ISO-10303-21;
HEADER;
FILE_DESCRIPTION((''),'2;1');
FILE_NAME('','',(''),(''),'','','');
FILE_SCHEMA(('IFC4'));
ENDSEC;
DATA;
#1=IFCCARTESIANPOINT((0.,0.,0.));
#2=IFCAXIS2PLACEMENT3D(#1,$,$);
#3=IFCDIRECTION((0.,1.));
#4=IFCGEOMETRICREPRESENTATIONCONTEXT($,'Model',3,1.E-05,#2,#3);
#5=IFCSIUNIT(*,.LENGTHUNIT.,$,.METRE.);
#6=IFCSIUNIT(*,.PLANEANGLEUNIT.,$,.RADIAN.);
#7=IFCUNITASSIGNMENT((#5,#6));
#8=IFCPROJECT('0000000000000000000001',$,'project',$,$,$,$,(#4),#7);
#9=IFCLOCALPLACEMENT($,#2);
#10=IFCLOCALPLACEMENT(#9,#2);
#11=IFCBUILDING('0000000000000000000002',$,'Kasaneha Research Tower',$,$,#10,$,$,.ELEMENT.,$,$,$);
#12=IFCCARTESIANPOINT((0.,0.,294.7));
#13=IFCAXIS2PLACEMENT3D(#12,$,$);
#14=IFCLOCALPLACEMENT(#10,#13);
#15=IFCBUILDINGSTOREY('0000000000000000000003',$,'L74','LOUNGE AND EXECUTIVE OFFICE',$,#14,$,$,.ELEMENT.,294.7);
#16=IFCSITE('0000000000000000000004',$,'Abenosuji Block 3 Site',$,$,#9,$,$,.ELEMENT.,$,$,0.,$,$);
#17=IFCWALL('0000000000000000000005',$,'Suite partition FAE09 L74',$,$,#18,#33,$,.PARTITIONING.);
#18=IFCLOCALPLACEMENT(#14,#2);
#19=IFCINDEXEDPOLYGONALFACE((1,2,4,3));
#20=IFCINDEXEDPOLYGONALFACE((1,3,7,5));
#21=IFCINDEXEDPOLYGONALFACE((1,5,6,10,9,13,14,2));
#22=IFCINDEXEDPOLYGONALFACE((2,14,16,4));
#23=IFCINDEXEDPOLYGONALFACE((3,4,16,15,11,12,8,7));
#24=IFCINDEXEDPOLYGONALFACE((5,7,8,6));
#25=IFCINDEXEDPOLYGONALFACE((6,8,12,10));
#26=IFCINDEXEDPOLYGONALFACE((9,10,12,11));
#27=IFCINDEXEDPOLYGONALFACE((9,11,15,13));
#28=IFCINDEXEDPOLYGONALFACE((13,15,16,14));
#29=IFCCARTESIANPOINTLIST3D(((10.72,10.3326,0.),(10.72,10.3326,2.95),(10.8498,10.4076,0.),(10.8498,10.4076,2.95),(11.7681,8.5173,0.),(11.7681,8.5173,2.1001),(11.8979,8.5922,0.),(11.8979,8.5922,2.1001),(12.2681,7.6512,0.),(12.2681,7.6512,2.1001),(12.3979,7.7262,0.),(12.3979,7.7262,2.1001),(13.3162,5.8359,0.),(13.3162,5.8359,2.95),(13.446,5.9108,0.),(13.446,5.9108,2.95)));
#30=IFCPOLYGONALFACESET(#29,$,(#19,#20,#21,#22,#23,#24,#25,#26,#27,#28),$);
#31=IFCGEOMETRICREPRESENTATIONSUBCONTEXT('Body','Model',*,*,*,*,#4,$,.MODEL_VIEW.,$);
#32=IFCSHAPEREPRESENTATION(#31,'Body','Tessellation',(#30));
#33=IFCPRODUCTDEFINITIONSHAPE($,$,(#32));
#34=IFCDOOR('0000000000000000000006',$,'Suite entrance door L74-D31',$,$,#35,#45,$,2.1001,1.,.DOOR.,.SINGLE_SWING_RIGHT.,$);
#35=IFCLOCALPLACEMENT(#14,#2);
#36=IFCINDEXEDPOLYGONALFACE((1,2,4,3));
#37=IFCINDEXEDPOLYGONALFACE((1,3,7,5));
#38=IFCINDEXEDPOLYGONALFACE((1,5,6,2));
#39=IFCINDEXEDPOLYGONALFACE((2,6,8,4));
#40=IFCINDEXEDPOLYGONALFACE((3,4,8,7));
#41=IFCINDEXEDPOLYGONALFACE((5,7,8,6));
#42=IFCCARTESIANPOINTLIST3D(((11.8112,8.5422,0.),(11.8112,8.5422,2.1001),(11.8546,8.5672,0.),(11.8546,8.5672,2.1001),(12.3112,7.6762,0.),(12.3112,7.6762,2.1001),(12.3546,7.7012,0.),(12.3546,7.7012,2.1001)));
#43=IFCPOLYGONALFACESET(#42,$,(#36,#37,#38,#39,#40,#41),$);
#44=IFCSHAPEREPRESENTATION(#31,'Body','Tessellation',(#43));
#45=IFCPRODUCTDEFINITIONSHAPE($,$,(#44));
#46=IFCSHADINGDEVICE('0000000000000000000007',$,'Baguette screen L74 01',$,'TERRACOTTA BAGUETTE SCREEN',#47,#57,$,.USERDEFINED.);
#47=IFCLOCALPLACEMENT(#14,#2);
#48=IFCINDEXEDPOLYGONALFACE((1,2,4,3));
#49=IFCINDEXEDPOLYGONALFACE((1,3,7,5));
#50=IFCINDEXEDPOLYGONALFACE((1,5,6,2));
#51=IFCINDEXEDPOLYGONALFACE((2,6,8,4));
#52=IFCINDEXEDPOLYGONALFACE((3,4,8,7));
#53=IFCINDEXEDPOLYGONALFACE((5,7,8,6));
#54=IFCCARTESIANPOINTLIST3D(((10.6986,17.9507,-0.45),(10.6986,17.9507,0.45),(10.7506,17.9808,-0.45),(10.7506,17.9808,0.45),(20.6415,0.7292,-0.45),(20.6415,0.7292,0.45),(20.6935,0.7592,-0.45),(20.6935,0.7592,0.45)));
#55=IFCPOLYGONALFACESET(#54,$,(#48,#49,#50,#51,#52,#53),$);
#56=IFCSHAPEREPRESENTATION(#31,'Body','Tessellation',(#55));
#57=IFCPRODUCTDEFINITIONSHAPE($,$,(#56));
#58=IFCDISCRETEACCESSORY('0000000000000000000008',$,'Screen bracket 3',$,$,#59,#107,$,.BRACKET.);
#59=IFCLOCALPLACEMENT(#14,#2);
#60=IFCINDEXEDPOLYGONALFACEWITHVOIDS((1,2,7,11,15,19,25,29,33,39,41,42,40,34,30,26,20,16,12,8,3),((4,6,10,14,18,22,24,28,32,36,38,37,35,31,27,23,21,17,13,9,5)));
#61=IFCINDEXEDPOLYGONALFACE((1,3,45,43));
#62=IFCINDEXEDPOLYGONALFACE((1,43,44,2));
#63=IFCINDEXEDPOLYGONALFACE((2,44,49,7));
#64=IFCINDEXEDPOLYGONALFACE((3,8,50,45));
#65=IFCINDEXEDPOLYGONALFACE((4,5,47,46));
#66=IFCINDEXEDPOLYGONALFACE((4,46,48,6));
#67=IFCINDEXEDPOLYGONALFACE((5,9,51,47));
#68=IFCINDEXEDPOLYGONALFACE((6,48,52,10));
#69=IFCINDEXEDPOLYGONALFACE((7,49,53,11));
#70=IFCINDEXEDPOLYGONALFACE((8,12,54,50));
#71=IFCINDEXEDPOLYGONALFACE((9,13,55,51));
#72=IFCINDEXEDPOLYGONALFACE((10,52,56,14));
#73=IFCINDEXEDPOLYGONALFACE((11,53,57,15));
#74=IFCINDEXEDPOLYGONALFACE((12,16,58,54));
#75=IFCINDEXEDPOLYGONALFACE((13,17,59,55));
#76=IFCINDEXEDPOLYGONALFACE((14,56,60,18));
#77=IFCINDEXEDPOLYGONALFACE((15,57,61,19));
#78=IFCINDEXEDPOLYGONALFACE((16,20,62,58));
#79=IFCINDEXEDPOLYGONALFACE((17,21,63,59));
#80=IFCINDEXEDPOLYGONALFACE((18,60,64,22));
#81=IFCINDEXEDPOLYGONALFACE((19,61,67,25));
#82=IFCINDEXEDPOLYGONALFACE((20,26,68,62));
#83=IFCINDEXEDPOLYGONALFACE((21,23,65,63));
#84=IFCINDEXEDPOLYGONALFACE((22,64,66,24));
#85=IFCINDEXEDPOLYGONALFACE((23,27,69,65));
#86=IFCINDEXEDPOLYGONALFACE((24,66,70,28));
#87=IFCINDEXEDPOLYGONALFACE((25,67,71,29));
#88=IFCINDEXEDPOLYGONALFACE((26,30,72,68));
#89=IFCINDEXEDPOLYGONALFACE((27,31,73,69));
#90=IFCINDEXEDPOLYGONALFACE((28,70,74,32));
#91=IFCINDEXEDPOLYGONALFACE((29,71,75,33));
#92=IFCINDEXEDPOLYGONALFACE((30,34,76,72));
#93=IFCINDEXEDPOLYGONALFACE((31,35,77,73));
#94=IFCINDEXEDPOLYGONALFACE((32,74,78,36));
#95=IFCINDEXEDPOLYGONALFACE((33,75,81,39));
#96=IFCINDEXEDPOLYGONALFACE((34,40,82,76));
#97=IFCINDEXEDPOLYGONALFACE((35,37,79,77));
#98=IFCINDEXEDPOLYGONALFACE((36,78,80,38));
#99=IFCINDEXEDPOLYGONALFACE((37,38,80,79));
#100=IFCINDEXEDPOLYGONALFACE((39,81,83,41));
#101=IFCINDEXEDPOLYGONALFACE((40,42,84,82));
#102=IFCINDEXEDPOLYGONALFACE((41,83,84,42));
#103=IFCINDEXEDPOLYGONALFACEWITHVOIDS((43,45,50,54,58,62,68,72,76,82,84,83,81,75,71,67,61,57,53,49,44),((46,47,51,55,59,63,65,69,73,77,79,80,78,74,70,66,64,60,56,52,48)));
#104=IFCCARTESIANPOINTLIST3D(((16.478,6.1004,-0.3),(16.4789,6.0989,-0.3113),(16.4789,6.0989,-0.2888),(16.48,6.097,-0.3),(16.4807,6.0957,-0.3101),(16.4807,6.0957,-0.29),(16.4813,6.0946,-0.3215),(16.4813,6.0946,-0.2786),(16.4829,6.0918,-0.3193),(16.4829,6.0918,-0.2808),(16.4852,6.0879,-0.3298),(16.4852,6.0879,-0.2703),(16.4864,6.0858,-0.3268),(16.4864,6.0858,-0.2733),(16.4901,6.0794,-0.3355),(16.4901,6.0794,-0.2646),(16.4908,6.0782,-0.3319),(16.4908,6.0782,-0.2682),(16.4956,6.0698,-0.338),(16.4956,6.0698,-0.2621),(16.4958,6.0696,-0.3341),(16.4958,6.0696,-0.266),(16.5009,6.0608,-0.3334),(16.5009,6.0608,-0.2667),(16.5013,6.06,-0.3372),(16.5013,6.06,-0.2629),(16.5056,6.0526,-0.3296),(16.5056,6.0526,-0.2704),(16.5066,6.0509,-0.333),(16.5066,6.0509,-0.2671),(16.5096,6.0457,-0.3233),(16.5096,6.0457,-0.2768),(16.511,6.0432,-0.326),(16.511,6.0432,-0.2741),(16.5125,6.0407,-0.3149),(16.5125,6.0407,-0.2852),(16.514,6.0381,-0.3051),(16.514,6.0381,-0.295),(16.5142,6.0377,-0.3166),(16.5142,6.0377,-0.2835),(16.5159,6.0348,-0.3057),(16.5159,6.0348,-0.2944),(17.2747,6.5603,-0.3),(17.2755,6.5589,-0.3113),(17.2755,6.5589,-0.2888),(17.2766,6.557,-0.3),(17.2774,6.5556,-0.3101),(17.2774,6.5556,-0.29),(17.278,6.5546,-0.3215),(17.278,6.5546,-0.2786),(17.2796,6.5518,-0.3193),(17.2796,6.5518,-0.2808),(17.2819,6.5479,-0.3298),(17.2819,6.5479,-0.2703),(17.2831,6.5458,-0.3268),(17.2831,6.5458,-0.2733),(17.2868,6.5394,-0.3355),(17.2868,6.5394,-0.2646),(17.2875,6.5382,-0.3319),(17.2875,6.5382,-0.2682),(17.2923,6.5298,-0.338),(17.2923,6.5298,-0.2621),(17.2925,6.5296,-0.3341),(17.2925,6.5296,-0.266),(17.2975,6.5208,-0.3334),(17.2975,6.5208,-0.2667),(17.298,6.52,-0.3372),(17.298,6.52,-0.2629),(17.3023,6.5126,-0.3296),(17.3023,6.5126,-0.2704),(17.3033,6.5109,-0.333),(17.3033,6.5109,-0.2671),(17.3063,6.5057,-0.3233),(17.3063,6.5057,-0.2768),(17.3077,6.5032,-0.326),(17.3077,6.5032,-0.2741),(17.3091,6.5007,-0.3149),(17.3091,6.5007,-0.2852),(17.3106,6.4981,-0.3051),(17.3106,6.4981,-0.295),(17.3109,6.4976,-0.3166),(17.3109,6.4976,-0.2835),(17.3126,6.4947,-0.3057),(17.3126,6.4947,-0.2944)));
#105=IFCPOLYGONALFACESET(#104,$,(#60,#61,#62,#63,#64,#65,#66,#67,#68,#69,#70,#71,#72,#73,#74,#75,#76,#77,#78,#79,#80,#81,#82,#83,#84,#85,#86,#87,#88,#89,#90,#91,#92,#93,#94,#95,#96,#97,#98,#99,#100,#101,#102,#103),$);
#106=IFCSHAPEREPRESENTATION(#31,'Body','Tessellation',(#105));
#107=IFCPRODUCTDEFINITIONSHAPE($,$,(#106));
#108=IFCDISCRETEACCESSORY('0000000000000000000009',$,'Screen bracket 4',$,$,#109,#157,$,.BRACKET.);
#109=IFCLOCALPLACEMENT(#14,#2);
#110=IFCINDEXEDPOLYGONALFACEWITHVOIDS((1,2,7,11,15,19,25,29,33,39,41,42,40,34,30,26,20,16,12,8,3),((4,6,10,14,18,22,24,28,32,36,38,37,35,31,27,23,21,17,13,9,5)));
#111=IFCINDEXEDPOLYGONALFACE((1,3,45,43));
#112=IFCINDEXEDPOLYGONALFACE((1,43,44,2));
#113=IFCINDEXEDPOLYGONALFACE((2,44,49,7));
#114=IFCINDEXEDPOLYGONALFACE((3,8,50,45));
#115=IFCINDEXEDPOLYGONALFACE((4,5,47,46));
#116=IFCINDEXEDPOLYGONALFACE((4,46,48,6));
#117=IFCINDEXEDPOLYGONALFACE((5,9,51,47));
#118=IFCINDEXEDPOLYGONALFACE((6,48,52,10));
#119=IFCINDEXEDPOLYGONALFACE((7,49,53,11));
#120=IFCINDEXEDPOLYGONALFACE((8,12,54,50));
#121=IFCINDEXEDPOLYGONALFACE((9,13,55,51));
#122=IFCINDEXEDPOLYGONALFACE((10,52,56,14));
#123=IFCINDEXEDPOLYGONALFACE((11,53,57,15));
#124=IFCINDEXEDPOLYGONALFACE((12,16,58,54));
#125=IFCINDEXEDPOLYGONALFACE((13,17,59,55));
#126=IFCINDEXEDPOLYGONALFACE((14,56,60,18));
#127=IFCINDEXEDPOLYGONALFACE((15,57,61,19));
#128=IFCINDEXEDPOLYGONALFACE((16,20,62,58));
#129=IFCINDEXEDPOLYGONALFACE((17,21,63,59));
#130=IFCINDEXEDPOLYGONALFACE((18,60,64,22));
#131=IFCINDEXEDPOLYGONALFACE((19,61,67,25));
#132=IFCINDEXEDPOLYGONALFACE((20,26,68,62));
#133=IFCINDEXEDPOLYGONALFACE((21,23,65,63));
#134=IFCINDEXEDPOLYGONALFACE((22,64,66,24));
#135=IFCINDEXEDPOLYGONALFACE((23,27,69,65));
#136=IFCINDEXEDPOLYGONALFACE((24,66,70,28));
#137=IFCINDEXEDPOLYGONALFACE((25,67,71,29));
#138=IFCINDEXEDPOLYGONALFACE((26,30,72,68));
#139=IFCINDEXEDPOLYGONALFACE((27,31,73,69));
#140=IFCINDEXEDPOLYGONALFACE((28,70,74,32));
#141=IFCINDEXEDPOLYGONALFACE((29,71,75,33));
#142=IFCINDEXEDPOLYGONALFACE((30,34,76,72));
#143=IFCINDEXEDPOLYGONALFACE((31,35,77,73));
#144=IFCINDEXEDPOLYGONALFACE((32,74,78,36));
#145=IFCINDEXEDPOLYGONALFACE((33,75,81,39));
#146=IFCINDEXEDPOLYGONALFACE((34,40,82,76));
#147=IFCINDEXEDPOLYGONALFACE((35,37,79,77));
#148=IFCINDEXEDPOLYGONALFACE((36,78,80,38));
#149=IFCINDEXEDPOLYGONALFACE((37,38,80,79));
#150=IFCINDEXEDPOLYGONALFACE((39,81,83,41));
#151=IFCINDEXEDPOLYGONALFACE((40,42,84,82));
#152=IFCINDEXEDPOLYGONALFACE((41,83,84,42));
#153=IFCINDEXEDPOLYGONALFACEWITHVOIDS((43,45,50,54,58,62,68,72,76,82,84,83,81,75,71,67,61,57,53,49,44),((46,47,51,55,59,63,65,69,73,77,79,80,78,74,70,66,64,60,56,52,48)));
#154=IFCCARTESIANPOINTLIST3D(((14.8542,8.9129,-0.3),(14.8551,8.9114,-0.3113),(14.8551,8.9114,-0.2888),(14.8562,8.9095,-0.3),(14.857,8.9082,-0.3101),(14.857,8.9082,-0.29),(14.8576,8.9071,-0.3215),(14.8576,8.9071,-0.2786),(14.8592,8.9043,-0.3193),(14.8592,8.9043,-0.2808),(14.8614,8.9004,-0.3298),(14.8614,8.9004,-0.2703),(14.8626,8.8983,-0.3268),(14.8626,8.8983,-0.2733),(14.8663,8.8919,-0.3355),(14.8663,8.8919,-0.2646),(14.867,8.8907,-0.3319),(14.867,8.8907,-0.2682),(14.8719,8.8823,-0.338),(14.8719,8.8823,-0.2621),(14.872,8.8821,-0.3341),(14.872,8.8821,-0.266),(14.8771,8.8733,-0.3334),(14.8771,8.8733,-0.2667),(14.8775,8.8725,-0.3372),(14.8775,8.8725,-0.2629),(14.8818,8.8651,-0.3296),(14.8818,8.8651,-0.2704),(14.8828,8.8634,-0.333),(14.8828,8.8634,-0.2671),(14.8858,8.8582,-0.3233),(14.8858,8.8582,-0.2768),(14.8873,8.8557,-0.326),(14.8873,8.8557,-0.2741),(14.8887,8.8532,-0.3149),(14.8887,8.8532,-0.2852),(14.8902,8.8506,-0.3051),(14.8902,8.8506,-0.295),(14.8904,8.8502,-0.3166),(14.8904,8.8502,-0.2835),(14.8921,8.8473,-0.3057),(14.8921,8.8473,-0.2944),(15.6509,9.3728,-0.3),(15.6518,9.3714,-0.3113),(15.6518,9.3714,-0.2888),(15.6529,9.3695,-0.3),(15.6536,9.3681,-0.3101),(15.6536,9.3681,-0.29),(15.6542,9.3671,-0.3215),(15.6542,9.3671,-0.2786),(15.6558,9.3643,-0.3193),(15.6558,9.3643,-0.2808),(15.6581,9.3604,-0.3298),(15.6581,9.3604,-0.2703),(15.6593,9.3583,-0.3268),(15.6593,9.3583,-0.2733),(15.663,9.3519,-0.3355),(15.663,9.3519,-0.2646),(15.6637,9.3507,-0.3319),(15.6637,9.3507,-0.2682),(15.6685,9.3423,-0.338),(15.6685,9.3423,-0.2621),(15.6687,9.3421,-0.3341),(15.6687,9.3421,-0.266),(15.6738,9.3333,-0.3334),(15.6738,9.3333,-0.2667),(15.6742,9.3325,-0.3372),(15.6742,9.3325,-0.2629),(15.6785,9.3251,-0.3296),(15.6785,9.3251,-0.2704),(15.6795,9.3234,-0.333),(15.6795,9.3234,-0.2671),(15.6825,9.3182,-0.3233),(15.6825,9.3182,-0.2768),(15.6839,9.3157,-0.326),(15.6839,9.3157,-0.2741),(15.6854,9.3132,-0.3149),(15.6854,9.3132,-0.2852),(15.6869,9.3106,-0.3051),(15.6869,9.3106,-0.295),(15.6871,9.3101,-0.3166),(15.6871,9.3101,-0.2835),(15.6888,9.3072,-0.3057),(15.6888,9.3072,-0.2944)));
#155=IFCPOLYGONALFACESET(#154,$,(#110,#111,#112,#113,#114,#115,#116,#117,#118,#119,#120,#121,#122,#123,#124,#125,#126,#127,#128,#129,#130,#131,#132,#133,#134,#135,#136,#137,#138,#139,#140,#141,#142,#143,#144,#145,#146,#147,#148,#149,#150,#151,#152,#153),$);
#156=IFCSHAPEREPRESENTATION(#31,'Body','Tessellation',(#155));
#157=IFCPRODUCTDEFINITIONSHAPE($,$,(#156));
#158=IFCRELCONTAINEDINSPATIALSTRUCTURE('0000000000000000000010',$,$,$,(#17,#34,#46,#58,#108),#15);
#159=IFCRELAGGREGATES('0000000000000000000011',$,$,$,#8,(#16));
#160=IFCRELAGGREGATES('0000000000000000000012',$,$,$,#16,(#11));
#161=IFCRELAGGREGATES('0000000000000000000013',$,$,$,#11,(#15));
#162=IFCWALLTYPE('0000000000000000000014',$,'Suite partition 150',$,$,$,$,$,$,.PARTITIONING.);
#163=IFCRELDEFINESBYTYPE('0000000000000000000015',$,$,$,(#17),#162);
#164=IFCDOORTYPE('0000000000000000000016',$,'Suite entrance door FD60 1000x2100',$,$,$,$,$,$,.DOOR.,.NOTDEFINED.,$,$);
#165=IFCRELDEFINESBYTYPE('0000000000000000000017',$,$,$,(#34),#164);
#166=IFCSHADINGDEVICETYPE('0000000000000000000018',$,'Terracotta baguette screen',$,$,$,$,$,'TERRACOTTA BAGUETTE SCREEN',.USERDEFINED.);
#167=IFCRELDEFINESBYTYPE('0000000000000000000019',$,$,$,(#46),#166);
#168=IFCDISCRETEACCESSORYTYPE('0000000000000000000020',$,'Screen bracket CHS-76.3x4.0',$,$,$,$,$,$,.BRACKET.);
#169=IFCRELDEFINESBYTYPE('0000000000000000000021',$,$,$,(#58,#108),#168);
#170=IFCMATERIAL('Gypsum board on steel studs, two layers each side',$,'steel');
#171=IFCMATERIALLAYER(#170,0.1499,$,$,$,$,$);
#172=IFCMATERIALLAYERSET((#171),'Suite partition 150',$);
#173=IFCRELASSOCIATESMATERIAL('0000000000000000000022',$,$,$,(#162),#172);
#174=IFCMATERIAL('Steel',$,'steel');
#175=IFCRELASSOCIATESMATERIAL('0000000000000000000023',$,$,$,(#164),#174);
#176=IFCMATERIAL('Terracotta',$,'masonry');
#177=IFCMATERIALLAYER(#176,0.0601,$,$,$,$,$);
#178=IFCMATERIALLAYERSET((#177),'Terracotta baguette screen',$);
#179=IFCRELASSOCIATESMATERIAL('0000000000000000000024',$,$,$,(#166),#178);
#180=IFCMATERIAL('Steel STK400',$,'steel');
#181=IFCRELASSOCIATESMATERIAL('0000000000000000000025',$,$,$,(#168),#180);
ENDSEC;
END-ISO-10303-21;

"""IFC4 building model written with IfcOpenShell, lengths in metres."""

from ifc_helpers import new_model, si_unit, direction, frame, frame_2d, origin, origin_2d, place, context, subcontext, project, spatial, rectangle, hollow_circle, extrude, material, layer, layer_set, material_profile, profile_set, type_object, element, fill, save


model = new_model("IFC4")

# Units and contexts
model_context = context("Model", 3, precision=1e-05, world=origin(), true_north=direction((0.0, 1.0)))
body_context = subcontext(model_context, "Body", "Model", "MODEL_VIEW")
ifc_project = project(units=[si_unit("LENGTHUNIT", "METRE"), si_unit("PLANEANGLEUNIT", "RADIAN")], contexts=[model_context])

# Site, building, storey
site_placement = place(None, origin())
site = spatial("IfcSite", under=ifc_project, at=site_placement, Name="Abenosuji Block 3 Site", CompositionType="ELEMENT", RefElevation=0.0)
building_placement = place(site_placement, origin())
building = spatial("IfcBuilding", under=site, at=building_placement, Name="Kasaneha Research Tower", CompositionType="ELEMENT")
storey_placement = place(building_placement, frame((0.0, 0.0, 294.7)))
storey = spatial("IfcBuildingStorey", under=building, at=storey_placement, Name="L74", Description="LOUNGE AND EXECUTIVE OFFICE", CompositionType="ELEMENT", Elevation=294.7)

# Wall, opening, door
ifc_material_1 = material(Name="Gypsum board on steel studs, two layers each side", Category="steel")
ifc_layer_1 = layer(ifc_material_1, 0.1499)
ifc_layer_set_1 = layer_set([ifc_layer_1], Name="Suite partition 150")
wall_type_1 = type_object("IfcWallType", Name="Suite partition 150", PredefinedType="PARTITIONING", material=ifc_layer_set_1)
wall_1_placement = place(storey_placement, frame((10.7849, 10.3701, 0.0), z_axis=(0.0, 0.0, 1.0), x_axis=(0.499992, -0.86603, 0.0)))
wall_1 = element("IfcWall", 1, at=wall_1_placement, inside=storey, type_object=wall_type_1, Name="Suite partition FAE09 L74", PredefinedType="PARTITIONING", context=body_context, shape_type="SweptSolid", body=[
    extrude(rectangle(XDim=5.1924, YDim=0.1499, at=frame_2d((2.5962, 0.0))), origin(), (0.0, 0.0, 1.0), 2.95),
])
opening_1_placement = place(wall_1_placement, frame((2.0962, 0.0, 0.0)))
opening_1 = element("IfcOpeningElement", 2, at=opening_1_placement, cuts=wall_1, PredefinedType="OPENING", context=body_context, shape_type="SweptSolid", body=[
    extrude(rectangle(XDim=1.0, YDim=2.1001, at=frame_2d((0.5, 1.05))), frame((0.0, 0.085, 0.0), z_axis=(0.0, -1.0, 0.0), x_axis=(1.0, 0.0, 0.0)), (0.0, 0.0, 1.0), 0.1699),
])
ifc_material_2 = material(Name="Steel", Category="steel")
door_type_1 = type_object("IfcDoorType", Name="Suite entrance door FD60 1000x2100", OperationType="NOTDEFINED", PredefinedType="DOOR", material=ifc_material_2)
door_1_placement = place(opening_1_placement, origin())
door_1 = element("IfcDoor", 3, at=door_1_placement, inside=storey, type_object=door_type_1, Name="Suite entrance door L74-D31", OperationType="SINGLE_SWING_RIGHT", OverallHeight=2.1001, OverallWidth=1.0, PredefinedType="DOOR", context=body_context, shape_type="SweptSolid", body=[
    extrude(rectangle(XDim=1.0, YDim=2.1001, at=frame_2d((0.5, 1.05))), frame((0.0, 0.0249, 0.0), z_axis=(0.0, -1.0, 0.0), x_axis=(1.0, 0.0, 0.0)), (0.0, 0.0, 1.0), 0.05),
])
fill(opening_1, door_1)

# Shading device
ifc_material_3 = material(Name="Terracotta", Category="masonry")
ifc_layer_2 = layer(ifc_material_3, 0.0601)
ifc_layer_set_2 = layer_set([ifc_layer_2], Name="Terracotta baguette screen")
shading_device_type = type_object("IfcShadingDeviceType", Name="Terracotta baguette screen", ElementType="TERRACOTTA BAGUETTE SCREEN", PredefinedType="USERDEFINED", material=ifc_layer_set_2)
shading_device_placement = place(storey_placement, frame((15.696, 9.355, -0.45), z_axis=(0.0, 0.0, 1.0), x_axis=(-0.5, 0.866025, 0.0)))
element("IfcShadingDevice", 4, at=shading_device_placement, inside=storey, type_object=shading_device_type, Name="Baguette screen L74 01", ObjectType="TERRACOTTA BAGUETTE SCREEN", PredefinedType="USERDEFINED", context=body_context, shape_type="SweptSolid", body=[
    extrude(rectangle(XDim=19.8857, YDim=0.0601, at=origin_2d()), origin(), (0.0, 0.0, 1.0), 0.8999),
])

# Discrete accessories
ifc_material_4 = material(Name="Steel STK400", Category="steel")
ifc_material_profile_1 = material_profile(ifc_material_4, hollow_circle(Radius=0.0381, WallThickness=0.0039, at=origin_2d()), Name="CHS-76.3x4.0")
ifc_profile_set_1 = profile_set([ifc_material_profile_1], Name="Steel STK400")
discrete_accessory_type = type_object("IfcDiscreteAccessoryType", Name="Screen bracket CHS-76.3x4.0", PredefinedType="BRACKET", material=ifc_profile_set_1)
for number, where, z_axis, x_axis, name in (
    (5, (16.4971, 6.0674, -0.3), (0.866013, 0.500021, 0.0), (-0.500021, 0.866013, 0.0), "Screen bracket 3"),
    (6, (14.8733, 8.8799, -0.3), (0.866013, 0.500021, 0.0), (-0.500021, 0.866013, 0.0), "Screen bracket 4"),
):
    element("IfcDiscreteAccessory", number, at=place(storey_placement, frame(where, z_axis=z_axis, x_axis=x_axis)), inside=storey, type_object=discrete_accessory_type, Name=name, PredefinedType="BRACKET", context=body_context, shape_type="SweptSolid", body=[
        extrude(hollow_circle(Radius=0.0381, WallThickness=0.0039, at=origin_2d()), origin(), (0.0, 0.0, 1.0), 0.9199),
    ])

save(model, "model.ifc")
